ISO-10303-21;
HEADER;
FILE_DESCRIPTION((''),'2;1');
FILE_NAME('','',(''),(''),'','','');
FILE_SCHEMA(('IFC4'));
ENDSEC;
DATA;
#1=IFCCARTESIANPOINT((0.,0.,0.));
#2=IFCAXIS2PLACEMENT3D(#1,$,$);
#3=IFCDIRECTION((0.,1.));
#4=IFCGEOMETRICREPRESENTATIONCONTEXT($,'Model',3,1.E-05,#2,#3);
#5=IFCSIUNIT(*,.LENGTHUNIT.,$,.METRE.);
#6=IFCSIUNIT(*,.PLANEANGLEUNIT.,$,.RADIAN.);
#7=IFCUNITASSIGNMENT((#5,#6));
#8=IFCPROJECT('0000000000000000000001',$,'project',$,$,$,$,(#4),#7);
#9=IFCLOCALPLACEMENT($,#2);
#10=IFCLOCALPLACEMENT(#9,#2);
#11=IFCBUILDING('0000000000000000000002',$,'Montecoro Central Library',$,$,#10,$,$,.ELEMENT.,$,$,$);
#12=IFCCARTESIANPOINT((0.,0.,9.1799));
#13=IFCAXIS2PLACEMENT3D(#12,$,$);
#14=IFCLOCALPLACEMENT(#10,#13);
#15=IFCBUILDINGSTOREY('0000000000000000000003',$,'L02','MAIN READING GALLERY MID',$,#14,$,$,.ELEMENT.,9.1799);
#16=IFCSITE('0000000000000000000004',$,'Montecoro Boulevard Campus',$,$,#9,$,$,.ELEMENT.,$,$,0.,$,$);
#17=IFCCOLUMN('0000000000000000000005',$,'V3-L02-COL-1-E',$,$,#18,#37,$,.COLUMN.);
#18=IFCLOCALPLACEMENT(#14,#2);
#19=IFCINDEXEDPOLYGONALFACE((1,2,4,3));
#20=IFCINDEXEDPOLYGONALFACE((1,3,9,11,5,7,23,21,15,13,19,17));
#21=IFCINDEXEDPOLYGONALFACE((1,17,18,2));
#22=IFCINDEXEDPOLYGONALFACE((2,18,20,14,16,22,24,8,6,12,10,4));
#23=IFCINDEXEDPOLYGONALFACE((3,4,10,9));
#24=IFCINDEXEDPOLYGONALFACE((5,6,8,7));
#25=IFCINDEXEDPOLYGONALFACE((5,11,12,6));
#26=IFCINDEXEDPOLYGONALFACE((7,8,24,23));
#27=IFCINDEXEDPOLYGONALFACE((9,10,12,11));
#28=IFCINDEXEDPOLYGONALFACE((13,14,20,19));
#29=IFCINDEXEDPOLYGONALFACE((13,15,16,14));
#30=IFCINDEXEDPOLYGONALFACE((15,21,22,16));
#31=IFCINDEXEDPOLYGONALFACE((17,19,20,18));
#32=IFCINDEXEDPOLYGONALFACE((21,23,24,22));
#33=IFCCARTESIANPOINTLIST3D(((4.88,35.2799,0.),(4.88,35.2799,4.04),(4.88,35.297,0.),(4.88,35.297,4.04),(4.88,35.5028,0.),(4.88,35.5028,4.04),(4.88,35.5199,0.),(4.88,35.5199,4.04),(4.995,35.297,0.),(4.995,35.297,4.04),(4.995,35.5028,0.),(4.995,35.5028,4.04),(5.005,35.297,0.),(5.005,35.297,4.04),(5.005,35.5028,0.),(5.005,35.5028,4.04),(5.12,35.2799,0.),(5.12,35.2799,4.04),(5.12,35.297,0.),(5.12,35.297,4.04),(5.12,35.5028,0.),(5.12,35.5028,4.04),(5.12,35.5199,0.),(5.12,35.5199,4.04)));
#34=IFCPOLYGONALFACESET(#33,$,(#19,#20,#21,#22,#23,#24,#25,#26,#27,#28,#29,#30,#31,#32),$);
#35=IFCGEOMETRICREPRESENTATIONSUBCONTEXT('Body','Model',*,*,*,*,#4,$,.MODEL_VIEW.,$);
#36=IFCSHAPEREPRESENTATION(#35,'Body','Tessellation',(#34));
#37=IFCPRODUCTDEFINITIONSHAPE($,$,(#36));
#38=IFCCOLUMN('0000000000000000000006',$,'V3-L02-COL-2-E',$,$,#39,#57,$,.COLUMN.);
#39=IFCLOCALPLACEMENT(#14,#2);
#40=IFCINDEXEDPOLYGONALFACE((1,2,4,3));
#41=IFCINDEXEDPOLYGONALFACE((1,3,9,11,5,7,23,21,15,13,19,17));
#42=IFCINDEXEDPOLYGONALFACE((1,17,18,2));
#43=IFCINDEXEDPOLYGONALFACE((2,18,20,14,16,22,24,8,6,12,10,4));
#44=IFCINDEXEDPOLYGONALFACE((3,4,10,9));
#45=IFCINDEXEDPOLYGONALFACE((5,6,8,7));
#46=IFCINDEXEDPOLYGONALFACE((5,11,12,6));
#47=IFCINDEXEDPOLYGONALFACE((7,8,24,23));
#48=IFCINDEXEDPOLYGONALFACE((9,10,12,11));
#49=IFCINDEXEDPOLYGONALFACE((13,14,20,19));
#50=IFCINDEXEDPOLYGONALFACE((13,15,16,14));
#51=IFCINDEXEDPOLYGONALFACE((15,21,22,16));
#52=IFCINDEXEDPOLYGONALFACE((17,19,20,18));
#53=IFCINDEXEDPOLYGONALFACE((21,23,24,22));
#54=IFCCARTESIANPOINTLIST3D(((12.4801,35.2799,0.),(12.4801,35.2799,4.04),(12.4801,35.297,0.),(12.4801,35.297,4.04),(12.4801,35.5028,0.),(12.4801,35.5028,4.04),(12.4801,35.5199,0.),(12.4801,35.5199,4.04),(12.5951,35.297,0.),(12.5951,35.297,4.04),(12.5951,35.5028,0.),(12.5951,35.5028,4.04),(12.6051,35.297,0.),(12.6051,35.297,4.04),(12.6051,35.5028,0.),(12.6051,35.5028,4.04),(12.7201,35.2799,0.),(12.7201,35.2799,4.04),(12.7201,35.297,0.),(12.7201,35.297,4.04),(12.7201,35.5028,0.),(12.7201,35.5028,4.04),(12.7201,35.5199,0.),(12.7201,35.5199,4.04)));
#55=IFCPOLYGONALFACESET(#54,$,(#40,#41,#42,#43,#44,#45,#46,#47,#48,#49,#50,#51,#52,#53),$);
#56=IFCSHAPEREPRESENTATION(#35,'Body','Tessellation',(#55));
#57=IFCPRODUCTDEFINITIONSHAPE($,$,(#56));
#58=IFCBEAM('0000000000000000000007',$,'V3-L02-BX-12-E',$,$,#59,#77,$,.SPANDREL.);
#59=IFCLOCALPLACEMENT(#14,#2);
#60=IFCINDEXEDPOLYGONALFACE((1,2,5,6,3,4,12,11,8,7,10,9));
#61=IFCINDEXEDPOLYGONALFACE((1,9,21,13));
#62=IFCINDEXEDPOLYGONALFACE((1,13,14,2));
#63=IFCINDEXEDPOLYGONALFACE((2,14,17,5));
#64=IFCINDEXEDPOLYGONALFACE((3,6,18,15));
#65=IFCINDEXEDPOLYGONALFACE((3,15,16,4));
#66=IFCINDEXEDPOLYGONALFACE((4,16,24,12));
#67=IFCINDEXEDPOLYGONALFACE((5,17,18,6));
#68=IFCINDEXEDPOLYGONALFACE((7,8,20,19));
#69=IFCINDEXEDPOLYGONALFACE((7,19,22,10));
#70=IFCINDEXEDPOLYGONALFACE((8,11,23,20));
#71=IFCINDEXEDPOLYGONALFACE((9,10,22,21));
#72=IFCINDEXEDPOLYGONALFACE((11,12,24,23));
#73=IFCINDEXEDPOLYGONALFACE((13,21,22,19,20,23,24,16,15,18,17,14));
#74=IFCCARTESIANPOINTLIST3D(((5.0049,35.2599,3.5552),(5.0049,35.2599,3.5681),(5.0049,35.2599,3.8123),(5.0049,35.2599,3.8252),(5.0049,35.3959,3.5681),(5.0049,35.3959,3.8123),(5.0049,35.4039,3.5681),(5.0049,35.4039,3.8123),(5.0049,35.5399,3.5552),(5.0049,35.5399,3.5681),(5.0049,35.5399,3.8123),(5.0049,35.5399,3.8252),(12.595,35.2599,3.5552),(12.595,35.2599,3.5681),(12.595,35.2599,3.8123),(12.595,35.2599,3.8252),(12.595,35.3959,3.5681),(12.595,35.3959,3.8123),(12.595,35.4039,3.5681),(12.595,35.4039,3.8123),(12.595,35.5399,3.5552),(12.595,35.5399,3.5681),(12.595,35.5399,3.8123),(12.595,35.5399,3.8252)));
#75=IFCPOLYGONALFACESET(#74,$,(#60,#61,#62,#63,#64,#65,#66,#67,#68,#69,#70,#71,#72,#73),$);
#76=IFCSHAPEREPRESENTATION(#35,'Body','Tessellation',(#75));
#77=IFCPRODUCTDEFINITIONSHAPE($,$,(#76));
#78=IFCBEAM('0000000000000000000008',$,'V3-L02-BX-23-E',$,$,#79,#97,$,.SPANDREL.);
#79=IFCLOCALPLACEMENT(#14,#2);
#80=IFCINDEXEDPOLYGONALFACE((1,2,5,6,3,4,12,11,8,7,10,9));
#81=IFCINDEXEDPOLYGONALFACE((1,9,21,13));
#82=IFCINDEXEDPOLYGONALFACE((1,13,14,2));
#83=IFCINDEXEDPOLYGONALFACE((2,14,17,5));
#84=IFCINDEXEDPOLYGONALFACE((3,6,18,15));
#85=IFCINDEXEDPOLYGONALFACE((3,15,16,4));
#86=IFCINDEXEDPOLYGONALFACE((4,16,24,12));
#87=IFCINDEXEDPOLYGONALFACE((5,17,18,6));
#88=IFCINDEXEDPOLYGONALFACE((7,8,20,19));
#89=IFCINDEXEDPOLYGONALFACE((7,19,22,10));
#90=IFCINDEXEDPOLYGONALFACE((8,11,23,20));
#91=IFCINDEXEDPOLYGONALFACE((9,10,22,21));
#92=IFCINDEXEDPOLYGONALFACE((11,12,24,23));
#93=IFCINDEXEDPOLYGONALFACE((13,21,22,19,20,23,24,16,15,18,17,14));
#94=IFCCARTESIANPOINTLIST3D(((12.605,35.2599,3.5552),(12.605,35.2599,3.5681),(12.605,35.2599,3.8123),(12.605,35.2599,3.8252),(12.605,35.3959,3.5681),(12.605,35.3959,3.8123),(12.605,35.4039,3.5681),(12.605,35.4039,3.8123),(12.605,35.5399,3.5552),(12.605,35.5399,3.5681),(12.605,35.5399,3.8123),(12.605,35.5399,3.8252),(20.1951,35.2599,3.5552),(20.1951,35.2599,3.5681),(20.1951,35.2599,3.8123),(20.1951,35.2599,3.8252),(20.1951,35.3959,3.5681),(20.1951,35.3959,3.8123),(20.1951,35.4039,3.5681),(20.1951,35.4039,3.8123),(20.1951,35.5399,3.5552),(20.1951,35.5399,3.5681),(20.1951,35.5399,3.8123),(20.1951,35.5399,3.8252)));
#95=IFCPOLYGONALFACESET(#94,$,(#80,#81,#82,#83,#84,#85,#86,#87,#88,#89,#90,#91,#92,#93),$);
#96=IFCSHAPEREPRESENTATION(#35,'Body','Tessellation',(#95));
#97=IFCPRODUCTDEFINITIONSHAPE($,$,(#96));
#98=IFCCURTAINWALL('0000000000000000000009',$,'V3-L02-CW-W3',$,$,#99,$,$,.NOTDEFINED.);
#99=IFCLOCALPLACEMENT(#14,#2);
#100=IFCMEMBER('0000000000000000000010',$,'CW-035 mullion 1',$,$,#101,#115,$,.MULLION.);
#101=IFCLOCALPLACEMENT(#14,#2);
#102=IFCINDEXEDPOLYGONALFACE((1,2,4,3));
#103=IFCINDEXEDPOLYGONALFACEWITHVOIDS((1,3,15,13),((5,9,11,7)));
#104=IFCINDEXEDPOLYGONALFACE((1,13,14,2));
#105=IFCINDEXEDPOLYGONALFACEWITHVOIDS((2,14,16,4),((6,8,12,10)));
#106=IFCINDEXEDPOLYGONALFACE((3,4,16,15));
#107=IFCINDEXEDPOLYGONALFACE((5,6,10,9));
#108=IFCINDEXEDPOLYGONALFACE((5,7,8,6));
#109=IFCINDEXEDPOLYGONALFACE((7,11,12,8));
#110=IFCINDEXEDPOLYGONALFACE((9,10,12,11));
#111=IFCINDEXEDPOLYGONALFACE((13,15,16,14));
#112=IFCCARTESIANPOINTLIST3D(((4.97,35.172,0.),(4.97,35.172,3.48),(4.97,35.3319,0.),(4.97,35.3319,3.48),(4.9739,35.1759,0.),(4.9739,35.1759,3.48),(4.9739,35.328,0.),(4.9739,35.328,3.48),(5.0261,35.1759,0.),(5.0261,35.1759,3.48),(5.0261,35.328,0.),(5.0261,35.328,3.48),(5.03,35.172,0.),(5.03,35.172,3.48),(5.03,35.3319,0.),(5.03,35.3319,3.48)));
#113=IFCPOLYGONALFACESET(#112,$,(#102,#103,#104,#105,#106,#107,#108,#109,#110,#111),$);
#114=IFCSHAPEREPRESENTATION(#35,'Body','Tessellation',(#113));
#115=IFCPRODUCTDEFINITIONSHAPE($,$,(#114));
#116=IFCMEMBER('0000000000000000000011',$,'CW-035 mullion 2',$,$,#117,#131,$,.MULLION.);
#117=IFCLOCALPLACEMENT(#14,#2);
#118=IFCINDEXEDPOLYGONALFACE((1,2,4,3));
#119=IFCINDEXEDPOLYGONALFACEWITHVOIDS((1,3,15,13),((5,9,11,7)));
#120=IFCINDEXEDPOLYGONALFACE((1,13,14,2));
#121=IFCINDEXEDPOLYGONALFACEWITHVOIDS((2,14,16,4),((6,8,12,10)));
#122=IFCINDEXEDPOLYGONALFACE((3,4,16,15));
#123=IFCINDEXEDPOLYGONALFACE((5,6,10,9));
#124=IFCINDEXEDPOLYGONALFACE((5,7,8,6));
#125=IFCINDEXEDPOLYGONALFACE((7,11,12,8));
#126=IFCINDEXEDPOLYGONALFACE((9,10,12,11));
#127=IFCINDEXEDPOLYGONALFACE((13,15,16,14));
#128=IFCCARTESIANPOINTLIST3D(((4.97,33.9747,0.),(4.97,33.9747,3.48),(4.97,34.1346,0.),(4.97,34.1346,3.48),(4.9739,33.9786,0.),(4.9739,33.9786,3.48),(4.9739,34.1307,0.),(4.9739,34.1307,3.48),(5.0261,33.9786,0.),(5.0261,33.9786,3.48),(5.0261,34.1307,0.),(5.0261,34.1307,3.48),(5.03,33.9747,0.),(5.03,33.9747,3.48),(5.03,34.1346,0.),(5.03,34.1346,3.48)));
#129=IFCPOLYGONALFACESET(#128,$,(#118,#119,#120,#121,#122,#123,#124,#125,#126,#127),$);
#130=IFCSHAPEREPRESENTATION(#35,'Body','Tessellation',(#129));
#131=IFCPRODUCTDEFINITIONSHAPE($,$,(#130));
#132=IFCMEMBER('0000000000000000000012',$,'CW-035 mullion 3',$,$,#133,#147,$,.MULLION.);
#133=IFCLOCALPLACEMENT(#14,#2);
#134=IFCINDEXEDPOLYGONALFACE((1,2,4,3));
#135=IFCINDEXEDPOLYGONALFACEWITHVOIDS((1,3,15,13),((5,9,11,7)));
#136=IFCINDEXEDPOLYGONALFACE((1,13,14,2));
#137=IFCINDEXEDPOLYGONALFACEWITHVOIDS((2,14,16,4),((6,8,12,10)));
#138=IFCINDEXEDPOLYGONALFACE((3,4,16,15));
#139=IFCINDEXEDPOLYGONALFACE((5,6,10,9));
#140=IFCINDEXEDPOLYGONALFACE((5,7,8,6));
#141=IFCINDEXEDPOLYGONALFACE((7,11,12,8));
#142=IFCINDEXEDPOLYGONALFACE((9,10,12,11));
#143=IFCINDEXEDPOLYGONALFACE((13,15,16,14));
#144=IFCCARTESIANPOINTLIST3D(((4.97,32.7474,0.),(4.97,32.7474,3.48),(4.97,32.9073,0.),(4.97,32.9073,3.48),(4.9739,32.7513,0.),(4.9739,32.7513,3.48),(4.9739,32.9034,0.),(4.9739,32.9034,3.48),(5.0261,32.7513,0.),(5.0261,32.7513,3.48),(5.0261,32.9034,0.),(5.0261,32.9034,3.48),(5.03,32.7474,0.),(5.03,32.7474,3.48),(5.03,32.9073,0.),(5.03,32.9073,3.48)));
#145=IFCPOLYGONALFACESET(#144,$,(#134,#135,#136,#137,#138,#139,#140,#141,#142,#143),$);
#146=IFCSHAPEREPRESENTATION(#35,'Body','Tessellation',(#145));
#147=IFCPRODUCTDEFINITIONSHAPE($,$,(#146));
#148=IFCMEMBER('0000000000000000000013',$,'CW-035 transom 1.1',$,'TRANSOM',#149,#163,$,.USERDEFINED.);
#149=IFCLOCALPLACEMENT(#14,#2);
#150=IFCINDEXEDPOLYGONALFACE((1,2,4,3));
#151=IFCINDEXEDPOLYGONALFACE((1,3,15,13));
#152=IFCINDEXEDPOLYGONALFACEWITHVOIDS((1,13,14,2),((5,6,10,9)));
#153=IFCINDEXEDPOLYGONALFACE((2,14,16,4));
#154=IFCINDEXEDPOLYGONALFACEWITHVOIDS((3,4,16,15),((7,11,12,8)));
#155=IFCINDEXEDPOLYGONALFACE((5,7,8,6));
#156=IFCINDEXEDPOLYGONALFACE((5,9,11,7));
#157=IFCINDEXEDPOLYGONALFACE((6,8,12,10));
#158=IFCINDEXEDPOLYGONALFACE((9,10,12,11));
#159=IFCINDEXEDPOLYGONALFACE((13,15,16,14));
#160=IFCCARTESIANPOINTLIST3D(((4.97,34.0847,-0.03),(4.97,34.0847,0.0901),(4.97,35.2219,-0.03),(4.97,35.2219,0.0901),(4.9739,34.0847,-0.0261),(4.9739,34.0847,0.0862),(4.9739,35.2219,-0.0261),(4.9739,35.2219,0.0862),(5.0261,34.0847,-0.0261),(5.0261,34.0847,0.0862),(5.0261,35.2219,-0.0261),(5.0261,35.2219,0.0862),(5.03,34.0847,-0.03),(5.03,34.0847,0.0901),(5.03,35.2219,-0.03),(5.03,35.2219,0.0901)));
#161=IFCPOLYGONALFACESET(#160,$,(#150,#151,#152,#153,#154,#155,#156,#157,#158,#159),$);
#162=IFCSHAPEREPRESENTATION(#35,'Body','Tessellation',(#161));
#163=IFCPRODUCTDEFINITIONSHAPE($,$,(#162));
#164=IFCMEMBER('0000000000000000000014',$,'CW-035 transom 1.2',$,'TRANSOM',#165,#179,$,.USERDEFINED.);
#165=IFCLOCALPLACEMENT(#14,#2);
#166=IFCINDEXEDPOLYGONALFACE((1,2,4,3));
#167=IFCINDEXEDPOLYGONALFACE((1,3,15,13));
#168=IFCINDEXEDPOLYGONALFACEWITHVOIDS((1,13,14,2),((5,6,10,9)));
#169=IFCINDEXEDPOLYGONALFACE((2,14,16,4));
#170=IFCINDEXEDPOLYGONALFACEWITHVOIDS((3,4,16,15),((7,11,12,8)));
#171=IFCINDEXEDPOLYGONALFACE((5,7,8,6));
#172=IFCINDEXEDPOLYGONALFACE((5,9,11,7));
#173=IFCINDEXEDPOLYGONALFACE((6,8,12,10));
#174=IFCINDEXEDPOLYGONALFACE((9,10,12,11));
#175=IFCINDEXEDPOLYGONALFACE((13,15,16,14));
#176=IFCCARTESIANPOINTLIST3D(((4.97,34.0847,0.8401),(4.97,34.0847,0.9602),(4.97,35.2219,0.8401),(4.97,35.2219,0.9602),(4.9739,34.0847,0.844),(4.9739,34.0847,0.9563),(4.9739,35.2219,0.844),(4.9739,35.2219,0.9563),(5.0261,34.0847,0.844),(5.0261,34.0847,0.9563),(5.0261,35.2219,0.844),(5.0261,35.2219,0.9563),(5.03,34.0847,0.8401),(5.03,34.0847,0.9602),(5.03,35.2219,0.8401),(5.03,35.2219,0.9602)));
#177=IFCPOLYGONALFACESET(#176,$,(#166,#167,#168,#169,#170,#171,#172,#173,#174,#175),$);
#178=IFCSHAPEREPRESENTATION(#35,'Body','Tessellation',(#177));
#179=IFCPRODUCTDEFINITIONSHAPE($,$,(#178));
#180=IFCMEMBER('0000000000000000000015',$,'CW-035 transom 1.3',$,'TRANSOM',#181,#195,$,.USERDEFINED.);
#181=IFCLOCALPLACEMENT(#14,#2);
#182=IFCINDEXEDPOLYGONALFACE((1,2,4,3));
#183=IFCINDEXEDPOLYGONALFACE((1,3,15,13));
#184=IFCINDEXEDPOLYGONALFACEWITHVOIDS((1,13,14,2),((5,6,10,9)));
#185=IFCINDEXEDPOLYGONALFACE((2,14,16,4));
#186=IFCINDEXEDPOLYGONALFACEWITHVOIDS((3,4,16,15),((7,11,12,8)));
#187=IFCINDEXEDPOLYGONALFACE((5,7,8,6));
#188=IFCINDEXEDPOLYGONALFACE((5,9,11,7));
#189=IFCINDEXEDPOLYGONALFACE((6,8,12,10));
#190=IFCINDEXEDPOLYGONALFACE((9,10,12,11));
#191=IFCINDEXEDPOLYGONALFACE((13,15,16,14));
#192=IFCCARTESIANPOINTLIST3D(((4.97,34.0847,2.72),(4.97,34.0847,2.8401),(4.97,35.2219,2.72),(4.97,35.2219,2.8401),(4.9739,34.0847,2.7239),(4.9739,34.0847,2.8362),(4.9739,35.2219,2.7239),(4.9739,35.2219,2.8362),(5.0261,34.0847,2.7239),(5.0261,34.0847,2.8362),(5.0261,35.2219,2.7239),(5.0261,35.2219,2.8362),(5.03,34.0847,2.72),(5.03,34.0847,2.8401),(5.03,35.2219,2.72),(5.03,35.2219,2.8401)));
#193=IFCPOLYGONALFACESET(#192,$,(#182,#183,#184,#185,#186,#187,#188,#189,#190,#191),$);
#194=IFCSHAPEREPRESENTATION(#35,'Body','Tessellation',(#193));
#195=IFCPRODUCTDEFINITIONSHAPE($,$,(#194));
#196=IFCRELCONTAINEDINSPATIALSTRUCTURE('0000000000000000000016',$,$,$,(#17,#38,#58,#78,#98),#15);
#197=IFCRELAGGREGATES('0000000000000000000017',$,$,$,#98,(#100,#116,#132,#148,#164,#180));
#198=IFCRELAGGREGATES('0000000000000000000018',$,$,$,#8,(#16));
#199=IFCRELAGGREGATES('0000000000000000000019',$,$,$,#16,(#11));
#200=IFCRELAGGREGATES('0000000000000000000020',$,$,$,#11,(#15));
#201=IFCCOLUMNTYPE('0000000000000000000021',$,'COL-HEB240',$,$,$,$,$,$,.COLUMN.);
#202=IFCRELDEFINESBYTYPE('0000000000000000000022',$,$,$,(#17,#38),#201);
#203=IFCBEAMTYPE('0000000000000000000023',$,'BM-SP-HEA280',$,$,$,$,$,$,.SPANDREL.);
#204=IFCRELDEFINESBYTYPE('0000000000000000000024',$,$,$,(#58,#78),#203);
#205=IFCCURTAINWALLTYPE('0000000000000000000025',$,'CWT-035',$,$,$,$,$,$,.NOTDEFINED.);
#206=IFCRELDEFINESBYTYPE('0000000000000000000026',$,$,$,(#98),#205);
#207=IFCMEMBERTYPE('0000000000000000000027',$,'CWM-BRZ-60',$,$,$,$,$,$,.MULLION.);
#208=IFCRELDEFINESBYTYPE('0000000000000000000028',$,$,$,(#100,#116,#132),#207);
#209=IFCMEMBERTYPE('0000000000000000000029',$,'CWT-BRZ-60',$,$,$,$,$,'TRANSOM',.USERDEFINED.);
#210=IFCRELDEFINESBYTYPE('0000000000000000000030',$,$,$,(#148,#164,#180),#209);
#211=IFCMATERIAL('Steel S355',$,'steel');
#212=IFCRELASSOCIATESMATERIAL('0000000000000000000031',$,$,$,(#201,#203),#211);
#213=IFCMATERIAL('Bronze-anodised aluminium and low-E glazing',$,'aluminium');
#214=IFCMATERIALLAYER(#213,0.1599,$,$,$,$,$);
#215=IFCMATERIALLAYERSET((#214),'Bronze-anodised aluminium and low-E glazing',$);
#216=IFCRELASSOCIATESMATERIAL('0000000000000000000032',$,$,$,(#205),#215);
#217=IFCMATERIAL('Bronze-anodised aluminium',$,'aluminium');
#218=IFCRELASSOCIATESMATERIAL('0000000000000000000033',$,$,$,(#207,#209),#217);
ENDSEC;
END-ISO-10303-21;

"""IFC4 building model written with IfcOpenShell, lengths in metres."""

from ifc_helpers import new_model, si_unit, direction, frame, origin, origin_2d, place, context, subcontext, project, spatial, hollow_rectangle, i_section, extrude, material, layer, layer_set, material_profile, profile_set, type_object, element, aggregate, save


model = new_model("IFC4")

# Units and contexts
model_context = context("Model", 3, precision=1e-05, world=origin(), true_north=direction((0.0, 1.0)))
body_context = subcontext(model_context, "Body", "Model", "MODEL_VIEW")
ifc_project = project(units=[si_unit("LENGTHUNIT", "METRE"), si_unit("PLANEANGLEUNIT", "RADIAN")], contexts=[model_context])

# Site, building, storey
site_placement = place(None, origin())
site = spatial("IfcSite", under=ifc_project, at=site_placement, Name="Montecoro Boulevard Campus", CompositionType="ELEMENT", RefElevation=0.0)
building_placement = place(site_placement, origin())
building = spatial("IfcBuilding", under=site, at=building_placement, Name="Montecoro Central Library", CompositionType="ELEMENT")
storey_placement = place(building_placement, frame((0.0, 0.0, 9.1799)))
storey = spatial("IfcBuildingStorey", under=building, at=storey_placement, Name="L02", Description="MAIN READING GALLERY MID", CompositionType="ELEMENT", Elevation=9.1799)

# Columns
ifc_material_1 = material(Name="Steel S355", Category="steel")
ifc_material_profile_1 = material_profile(ifc_material_1, i_section(OverallWidth=0.24, OverallDepth=0.24, WebThickness=0.01, FlangeThickness=0.0171, at=origin_2d()), Name="HEB 240")
ifc_profile_set_1 = profile_set([ifc_material_profile_1], Name="Steel S355")
column_type = type_object("IfcColumnType", Name="COL-HEB240", PredefinedType="COLUMN", material=ifc_profile_set_1)
for number, where, z_axis, x_axis, name in (
    (1, (5.0, 35.3999, 0.0), (0.0, 0.0, 1.0), (1.0, 0.0, 0.0), "V3-L02-COL-1-E"),
    (2, (12.6001, 35.3999, 0.0), (0.0, 0.0, 1.0), (1.0, 0.0, 0.0), "V3-L02-COL-2-E"),
):
    element("IfcColumn", number, at=place(storey_placement, frame(where, z_axis=z_axis, x_axis=x_axis)), inside=storey, type_object=column_type, Name=name, PredefinedType="COLUMN", context=body_context, shape_type="SweptSolid", body=[
        extrude(i_section(OverallWidth=0.24, OverallDepth=0.24, WebThickness=0.01, FlangeThickness=0.0171, at=origin_2d()), origin(), (0.0, 0.0, 1.0), 4.04),
    ])

# Beams
ifc_material_profile_2 = material_profile(ifc_material_1, i_section(OverallWidth=0.28, OverallDepth=0.27, WebThickness=0.0081, FlangeThickness=0.0129, at=origin_2d()), Name="HEA 280")
ifc_profile_set_2 = profile_set([ifc_material_profile_2], Name="Steel S355")
beam_type = type_object("IfcBeamType", Name="BM-SP-HEA280", PredefinedType="SPANDREL", material=ifc_profile_set_2)
for number, where, z_axis, x_axis, name in (
    (3, (5.0049, 35.3999, 3.6902), (1.0, 0.0, 0.0), (0.0, 1.0, 0.0), "V3-L02-BX-12-E"),
    (4, (12.605, 35.3999, 3.6902), (1.0, 0.0, 0.0), (0.0, 1.0, 0.0), "V3-L02-BX-23-E"),
):
    element("IfcBeam", number, at=place(storey_placement, frame(where, z_axis=z_axis, x_axis=x_axis)), inside=storey, type_object=beam_type, Name=name, PredefinedType="SPANDREL", context=body_context, shape_type="SweptSolid", body=[
        extrude(i_section(OverallWidth=0.28, OverallDepth=0.27, WebThickness=0.0081, FlangeThickness=0.0129, at=origin_2d()), origin(), (0.0, 0.0, 1.0), 7.5901),
    ])

# Curtain wall, members
ifc_material_2 = material(Name="Bronze-anodised aluminium and low-E glazing", Category="aluminium")
ifc_layer_1 = layer(ifc_material_2, 0.1599)
ifc_layer_set_1 = layer_set([ifc_layer_1], Name="Bronze-anodised aluminium and low-E glazing")
curtain_wall_type = type_object("IfcCurtainWallType", Name="CWT-035", PredefinedType="NOTDEFINED", material=ifc_layer_set_1)
curtain_wall_placement = place(storey_placement, origin())
curtain_wall = element("IfcCurtainWall", 5, at=curtain_wall_placement, inside=storey, type_object=curtain_wall_type, Name="V3-L02-CW-W3", PredefinedType="NOTDEFINED")
ifc_material_3 = material(Name="Bronze-anodised aluminium", Category="aluminium")
ifc_material_profile_3 = material_profile(ifc_material_3, hollow_rectangle(XDim=0.0601, YDim=0.1599, WallThickness=0.0039, at=origin_2d()), Name="CWM 160x60x4.0")
ifc_profile_set_3 = profile_set([ifc_material_profile_3], Name="Bronze-anodised aluminium")
member_type_1 = type_object("IfcMemberType", Name="CWM-BRZ-60", PredefinedType="MULLION", material=ifc_profile_set_3)
member_1_placement = place(storey_placement, frame((5.0, 35.252, 0.0), z_axis=(0.0, 0.0, 1.0), x_axis=(1.0, 0.0, 0.0)))
member_1 = element("IfcMember", 6, at=member_1_placement, type_object=member_type_1, Name="CW-035 mullion 1", PredefinedType="MULLION", context=body_context, shape_type="SweptSolid", body=[
    extrude(hollow_rectangle(XDim=0.0601, YDim=0.1599, WallThickness=0.0039, at=origin_2d()), origin(), (0.0, 0.0, 1.0), 3.48),
])
member_2_placement = place(storey_placement, frame((5.0, 34.0547, 0.0), z_axis=(0.0, 0.0, 1.0), x_axis=(1.0, 0.0, 0.0)))
member_2 = element("IfcMember", 7, at=member_2_placement, type_object=member_type_1, Name="CW-035 mullion 2", PredefinedType="MULLION", context=body_context, shape_type="SweptSolid", body=[
    extrude(hollow_rectangle(XDim=0.0601, YDim=0.1599, WallThickness=0.0039, at=origin_2d()), origin(), (0.0, 0.0, 1.0), 3.48),
])
member_3_placement = place(storey_placement, frame((5.0, 32.8274, 0.0), z_axis=(0.0, 0.0, 1.0), x_axis=(1.0, 0.0, 0.0)))
member_3 = element("IfcMember", 8, at=member_3_placement, type_object=member_type_1, Name="CW-035 mullion 3", PredefinedType="MULLION", context=body_context, shape_type="SweptSolid", body=[
    extrude(hollow_rectangle(XDim=0.0601, YDim=0.1599, WallThickness=0.0039, at=origin_2d()), origin(), (0.0, 0.0, 1.0), 3.48),
])
ifc_material_profile_4 = material_profile(ifc_material_3, hollow_rectangle(XDim=0.0601, YDim=0.1201, WallThickness=0.0039, at=origin_2d()), Name="CWT 120x60x4.0")
ifc_profile_set_4 = profile_set([ifc_material_profile_4], Name="Bronze-anodised aluminium")
member_type_2 = type_object("IfcMemberType", Name="CWT-BRZ-60", ElementType="TRANSOM", PredefinedType="USERDEFINED", material=ifc_profile_set_4)
member_4_placement = place(storey_placement, frame((5.0, 35.2219, 0.03), z_axis=(0.0, -1.0, 0.0), x_axis=(1.0, 0.0, 0.0)))
member_4 = element("IfcMember", 9, at=member_4_placement, type_object=member_type_2, Name="CW-035 transom 1.1", ObjectType="TRANSOM", PredefinedType="USERDEFINED", context=body_context, shape_type="SweptSolid", body=[
    extrude(hollow_rectangle(XDim=0.0601, YDim=0.1201, WallThickness=0.0039, at=origin_2d()), origin(), (0.0, 0.0, 1.0), 1.1372),
])
member_5_placement = place(storey_placement, frame((5.0, 35.2219, 0.9001), z_axis=(0.0, -1.0, 0.0), x_axis=(1.0, 0.0, 0.0)))
member_5 = element("IfcMember", 10, at=member_5_placement, type_object=member_type_2, Name="CW-035 transom 1.2", ObjectType="TRANSOM", PredefinedType="USERDEFINED", context=body_context, shape_type="SweptSolid", body=[
    extrude(hollow_rectangle(XDim=0.0601, YDim=0.1201, WallThickness=0.0039, at=origin_2d()), origin(), (0.0, 0.0, 1.0), 1.1372),
])
member_6_placement = place(storey_placement, frame((5.0, 35.2219, 2.78), z_axis=(0.0, -1.0, 0.0), x_axis=(1.0, 0.0, 0.0)))
member_6 = element("IfcMember", 11, at=member_6_placement, type_object=member_type_2, Name="CW-035 transom 1.3", ObjectType="TRANSOM", PredefinedType="USERDEFINED", context=body_context, shape_type="SweptSolid", body=[
    extrude(hollow_rectangle(XDim=0.0601, YDim=0.1201, WallThickness=0.0039, at=origin_2d()), origin(), (0.0, 0.0, 1.0), 1.1372),
])

aggregate(curtain_wall, [member_1, member_2, member_3, member_4, member_5, member_6])

save(model, "model.ifc")
